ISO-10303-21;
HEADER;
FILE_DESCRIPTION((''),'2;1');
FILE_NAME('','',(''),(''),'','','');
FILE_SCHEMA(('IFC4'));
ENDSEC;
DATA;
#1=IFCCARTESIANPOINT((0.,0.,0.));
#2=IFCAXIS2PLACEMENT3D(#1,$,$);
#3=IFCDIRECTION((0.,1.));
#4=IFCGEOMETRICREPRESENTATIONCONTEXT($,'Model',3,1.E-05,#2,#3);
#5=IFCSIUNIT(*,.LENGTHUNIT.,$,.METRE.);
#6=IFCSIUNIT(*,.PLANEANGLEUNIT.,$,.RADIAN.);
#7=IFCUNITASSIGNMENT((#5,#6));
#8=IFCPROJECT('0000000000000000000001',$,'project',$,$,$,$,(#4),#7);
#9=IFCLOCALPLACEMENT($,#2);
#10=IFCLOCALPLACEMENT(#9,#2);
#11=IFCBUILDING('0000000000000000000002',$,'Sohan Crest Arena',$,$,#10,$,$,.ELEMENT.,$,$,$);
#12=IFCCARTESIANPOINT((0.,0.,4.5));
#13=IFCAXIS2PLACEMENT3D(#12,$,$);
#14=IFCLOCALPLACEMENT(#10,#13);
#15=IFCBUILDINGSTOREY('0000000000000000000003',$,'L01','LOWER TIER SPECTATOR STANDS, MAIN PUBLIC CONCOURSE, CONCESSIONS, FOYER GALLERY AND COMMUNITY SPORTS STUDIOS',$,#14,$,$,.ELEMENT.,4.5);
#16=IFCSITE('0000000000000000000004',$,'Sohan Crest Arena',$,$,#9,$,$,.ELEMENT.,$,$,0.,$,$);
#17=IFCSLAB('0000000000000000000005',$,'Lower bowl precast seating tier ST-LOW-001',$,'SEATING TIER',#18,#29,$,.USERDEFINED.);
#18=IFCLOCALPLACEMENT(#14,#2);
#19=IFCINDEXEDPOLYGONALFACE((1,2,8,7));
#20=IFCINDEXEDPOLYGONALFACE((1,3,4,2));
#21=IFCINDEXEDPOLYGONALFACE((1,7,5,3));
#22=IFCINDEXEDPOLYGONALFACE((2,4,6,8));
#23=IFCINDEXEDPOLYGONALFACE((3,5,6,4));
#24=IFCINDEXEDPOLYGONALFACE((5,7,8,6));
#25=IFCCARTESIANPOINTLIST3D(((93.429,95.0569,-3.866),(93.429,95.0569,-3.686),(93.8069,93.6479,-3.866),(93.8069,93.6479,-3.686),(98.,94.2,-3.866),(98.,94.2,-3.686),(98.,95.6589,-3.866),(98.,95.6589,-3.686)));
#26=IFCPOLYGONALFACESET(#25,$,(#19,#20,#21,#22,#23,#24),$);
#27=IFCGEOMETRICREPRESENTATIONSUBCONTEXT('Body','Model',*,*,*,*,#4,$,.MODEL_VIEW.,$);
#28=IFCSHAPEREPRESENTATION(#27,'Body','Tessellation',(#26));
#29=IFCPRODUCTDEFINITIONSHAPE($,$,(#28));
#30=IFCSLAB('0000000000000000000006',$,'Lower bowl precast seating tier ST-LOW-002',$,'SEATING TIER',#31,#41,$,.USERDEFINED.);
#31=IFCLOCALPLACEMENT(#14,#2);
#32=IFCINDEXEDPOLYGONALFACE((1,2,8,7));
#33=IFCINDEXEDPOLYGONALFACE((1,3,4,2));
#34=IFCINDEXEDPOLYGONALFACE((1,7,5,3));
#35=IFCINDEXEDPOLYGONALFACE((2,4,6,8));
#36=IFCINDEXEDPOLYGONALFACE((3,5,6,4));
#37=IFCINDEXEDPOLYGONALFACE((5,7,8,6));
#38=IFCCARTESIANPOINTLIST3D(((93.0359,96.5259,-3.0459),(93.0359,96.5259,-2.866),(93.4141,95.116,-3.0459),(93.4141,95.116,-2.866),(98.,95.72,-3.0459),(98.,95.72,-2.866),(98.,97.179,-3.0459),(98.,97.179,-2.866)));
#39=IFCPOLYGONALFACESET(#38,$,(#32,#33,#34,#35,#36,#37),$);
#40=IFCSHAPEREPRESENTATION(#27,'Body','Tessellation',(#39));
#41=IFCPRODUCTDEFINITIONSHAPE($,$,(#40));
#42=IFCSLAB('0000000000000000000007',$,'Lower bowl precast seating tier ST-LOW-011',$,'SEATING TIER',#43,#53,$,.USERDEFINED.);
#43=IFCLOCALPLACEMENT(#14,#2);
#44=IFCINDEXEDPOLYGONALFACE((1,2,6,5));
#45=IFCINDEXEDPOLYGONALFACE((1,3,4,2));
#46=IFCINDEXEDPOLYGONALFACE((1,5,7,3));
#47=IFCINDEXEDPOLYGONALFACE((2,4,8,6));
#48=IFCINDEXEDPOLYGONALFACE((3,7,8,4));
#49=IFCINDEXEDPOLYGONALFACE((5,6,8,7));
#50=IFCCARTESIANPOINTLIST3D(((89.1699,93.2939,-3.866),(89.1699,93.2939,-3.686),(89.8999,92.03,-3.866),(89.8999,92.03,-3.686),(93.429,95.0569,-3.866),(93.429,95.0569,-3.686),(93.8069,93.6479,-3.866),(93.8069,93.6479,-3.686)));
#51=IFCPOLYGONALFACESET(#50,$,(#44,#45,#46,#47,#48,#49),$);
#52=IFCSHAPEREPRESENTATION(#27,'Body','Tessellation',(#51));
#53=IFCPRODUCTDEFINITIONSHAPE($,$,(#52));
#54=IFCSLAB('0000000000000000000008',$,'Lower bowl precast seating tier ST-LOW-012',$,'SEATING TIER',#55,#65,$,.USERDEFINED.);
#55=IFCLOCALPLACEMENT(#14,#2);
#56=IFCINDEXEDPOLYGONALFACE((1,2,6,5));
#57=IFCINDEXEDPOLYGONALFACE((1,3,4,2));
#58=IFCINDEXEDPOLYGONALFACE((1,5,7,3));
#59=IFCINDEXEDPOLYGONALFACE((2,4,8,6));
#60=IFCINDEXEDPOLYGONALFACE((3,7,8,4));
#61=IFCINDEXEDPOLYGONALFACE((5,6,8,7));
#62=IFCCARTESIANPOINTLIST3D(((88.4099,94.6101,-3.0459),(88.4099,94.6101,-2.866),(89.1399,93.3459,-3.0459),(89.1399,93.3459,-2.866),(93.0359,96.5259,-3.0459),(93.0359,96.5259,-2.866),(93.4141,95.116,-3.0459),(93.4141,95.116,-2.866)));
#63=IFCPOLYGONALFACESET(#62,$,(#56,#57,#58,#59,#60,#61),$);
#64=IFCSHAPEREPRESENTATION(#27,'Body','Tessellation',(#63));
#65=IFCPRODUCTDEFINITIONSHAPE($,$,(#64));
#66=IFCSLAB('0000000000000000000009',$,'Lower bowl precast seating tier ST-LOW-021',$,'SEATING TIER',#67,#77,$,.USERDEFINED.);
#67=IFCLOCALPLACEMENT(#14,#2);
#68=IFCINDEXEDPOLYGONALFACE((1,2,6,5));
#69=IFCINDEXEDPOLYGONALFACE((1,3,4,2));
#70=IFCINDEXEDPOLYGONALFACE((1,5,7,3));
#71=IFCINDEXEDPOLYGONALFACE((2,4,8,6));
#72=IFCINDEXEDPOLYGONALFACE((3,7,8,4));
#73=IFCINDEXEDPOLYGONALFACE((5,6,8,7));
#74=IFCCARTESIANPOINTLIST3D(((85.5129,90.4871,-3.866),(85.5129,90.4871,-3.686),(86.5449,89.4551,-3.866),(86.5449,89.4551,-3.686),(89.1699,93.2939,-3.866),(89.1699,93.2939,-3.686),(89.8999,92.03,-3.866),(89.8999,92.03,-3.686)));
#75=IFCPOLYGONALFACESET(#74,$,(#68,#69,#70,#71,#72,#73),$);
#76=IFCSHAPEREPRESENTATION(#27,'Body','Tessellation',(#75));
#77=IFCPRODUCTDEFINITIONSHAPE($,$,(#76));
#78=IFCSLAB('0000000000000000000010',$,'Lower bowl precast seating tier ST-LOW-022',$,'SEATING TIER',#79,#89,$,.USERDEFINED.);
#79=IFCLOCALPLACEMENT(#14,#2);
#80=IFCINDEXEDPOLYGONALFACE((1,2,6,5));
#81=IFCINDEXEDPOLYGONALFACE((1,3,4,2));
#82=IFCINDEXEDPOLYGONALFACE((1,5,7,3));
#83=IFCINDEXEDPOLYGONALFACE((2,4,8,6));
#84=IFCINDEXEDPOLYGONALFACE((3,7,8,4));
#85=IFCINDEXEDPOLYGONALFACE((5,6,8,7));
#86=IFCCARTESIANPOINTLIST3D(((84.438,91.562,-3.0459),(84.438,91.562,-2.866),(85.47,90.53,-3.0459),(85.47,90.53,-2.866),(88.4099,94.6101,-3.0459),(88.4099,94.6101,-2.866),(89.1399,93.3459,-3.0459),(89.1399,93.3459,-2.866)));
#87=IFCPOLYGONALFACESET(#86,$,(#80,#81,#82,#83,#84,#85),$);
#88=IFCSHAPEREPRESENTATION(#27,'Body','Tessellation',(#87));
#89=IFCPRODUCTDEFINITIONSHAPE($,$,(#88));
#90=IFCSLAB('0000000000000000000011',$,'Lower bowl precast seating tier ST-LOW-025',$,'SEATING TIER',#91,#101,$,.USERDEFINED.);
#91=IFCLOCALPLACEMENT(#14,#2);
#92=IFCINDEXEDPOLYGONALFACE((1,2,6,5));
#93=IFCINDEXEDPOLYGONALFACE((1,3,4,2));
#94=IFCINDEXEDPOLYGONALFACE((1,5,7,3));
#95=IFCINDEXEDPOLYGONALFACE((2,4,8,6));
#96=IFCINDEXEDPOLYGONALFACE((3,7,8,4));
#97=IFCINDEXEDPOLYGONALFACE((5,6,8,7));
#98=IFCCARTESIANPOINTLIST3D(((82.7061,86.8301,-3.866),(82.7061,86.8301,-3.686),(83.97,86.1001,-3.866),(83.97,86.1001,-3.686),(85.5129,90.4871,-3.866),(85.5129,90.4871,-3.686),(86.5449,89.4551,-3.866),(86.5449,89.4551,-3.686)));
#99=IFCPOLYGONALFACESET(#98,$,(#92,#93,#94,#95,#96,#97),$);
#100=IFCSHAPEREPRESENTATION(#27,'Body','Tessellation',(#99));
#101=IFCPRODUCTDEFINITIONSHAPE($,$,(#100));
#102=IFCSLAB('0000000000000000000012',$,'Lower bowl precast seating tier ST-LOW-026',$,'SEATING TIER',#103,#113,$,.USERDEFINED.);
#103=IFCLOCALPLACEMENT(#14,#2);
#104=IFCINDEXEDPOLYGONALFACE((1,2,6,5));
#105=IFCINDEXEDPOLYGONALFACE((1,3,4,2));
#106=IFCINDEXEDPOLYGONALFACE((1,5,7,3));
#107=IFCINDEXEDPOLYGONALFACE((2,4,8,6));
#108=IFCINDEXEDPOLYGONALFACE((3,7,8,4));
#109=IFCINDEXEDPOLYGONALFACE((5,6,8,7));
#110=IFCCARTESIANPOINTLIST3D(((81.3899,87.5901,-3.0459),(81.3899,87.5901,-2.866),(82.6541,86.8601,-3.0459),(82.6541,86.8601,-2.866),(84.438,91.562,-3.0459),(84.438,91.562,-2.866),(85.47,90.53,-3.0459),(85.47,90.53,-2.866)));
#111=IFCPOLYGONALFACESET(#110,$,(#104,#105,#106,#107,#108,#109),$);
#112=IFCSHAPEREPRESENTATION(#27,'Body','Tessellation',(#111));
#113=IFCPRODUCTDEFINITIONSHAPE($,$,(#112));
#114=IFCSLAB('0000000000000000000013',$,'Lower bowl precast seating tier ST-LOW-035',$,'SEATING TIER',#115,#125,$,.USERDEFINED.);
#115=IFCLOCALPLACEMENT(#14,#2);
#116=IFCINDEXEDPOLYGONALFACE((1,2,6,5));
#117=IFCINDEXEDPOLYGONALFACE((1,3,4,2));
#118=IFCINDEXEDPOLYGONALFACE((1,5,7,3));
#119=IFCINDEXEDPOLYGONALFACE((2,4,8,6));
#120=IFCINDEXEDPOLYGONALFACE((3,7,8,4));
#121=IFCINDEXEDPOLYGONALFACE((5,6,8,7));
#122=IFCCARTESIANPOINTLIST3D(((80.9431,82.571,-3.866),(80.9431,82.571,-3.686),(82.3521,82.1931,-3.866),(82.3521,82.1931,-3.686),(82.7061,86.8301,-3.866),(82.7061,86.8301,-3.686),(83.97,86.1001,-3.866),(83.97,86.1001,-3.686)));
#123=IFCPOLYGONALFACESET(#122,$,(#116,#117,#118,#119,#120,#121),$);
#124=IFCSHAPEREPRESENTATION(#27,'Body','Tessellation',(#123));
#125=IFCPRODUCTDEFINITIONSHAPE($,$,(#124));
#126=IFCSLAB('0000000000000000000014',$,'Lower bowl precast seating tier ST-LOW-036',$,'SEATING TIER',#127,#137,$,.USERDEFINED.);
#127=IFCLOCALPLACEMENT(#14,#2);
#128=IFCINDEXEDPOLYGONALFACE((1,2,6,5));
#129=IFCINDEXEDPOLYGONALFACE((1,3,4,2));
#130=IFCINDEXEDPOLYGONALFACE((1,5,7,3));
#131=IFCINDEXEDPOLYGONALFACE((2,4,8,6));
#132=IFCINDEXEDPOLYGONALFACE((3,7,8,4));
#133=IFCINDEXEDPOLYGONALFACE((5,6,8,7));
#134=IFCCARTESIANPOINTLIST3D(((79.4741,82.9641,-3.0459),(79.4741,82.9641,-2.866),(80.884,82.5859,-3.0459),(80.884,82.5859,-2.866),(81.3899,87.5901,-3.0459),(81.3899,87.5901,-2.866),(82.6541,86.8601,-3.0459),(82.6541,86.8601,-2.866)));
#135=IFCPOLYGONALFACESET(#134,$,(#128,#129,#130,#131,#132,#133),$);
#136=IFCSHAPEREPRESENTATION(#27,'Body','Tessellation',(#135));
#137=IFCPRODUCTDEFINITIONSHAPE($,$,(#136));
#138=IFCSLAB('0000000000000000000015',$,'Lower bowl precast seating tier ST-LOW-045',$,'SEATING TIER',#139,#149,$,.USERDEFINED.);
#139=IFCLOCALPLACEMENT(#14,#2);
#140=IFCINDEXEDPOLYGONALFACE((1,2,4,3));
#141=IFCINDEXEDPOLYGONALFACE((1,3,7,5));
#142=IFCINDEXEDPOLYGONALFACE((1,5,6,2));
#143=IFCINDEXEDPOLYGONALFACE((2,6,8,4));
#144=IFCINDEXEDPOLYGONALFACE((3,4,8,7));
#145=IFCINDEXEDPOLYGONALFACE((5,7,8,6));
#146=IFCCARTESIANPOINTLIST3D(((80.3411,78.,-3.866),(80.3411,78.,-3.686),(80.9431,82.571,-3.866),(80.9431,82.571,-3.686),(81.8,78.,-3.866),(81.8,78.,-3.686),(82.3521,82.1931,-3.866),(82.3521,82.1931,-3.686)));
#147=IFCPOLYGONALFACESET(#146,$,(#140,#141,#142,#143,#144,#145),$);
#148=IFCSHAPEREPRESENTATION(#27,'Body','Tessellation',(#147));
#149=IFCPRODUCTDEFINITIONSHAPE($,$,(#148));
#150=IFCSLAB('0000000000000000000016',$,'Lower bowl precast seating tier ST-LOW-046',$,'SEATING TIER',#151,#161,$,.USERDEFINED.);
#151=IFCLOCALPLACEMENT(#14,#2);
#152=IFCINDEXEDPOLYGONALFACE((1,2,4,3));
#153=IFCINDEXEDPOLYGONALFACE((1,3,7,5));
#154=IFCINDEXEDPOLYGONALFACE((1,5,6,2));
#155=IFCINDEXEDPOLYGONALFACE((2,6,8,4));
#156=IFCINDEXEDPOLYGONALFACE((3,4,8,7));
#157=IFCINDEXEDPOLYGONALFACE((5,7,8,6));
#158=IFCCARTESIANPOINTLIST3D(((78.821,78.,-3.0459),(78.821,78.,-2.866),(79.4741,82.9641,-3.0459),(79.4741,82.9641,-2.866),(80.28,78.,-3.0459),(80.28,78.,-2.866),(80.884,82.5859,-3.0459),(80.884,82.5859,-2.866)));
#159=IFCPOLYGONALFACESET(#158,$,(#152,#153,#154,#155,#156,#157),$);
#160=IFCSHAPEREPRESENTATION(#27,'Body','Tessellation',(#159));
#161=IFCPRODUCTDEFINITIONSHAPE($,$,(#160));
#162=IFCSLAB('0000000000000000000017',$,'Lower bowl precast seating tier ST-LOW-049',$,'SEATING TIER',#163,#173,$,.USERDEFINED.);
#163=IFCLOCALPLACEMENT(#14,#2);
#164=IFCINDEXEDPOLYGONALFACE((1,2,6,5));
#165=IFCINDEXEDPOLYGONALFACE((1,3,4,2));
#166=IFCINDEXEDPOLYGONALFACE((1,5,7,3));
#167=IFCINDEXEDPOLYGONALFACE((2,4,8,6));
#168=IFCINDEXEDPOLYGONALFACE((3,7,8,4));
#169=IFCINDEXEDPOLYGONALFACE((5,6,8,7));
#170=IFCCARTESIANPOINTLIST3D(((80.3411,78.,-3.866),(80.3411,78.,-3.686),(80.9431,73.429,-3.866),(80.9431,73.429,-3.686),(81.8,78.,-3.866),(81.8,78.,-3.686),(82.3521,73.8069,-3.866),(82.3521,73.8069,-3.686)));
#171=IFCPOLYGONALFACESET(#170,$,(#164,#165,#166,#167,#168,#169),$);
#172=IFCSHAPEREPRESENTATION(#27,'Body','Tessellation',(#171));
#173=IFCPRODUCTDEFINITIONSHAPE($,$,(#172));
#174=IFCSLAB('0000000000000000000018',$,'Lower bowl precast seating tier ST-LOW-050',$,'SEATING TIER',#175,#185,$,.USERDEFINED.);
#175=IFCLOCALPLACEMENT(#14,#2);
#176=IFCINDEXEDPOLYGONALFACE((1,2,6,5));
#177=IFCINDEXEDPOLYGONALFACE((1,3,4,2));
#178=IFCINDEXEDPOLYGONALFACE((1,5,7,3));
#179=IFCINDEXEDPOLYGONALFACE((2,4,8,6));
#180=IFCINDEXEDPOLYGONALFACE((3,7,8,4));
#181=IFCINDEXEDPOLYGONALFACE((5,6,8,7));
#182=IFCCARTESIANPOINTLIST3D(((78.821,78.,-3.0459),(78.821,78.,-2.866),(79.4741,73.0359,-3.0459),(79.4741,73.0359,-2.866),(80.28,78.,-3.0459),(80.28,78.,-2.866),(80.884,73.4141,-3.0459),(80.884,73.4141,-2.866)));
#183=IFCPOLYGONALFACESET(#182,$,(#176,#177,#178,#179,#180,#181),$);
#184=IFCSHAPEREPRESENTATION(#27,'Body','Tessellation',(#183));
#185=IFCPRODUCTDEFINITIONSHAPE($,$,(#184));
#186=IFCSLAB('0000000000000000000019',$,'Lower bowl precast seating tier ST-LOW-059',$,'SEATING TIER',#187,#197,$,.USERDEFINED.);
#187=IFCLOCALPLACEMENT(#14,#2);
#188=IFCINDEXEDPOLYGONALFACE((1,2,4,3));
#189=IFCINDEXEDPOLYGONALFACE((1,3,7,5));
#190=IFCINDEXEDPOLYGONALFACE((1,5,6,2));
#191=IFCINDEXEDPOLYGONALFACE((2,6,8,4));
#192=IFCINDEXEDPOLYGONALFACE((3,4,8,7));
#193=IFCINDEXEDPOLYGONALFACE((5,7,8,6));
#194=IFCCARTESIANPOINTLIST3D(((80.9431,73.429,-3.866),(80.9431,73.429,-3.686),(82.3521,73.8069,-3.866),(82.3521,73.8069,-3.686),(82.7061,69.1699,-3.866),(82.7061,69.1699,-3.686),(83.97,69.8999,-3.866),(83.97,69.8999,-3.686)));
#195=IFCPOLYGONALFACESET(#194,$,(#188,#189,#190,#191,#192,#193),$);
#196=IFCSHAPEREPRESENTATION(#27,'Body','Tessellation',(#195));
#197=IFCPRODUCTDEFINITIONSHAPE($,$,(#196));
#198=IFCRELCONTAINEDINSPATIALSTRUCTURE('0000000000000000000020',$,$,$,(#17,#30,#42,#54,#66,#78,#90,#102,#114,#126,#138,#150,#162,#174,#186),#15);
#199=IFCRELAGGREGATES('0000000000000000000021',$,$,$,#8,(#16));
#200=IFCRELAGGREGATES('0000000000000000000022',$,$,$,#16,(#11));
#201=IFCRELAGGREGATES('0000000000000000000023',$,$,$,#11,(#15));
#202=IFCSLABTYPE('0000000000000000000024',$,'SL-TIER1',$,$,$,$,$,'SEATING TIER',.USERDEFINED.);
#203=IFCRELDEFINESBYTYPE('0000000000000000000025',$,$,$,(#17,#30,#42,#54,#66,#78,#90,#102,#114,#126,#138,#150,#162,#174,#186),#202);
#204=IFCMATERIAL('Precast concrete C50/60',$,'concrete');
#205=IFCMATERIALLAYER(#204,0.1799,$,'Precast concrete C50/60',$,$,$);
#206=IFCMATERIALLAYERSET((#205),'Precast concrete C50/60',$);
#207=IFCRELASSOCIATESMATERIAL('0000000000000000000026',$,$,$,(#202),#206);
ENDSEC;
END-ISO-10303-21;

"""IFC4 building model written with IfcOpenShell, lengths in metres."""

from ifc_helpers import new_model, si_unit, direction, frame, origin, place, context, subcontext, project, spatial, polyline, outline, extrude, material, layer, layer_set, type_object, element, save


model = new_model("IFC4")

# Units and contexts
model_context = context("Model", 3, precision=1e-05, world=origin(), true_north=direction((0.0, 1.0)))
body_context = subcontext(model_context, "Body", "Model", "MODEL_VIEW")
ifc_project = project(units=[si_unit("LENGTHUNIT", "METRE"), si_unit("PLANEANGLEUNIT", "RADIAN")], contexts=[model_context])

# Site, building, storey
site_placement = place(None, origin())
site = spatial("IfcSite", under=ifc_project, at=site_placement, Name="Sohan Crest Arena", CompositionType="ELEMENT", RefElevation=0.0)
building_placement = place(site_placement, origin())
building = spatial("IfcBuilding", under=site, at=building_placement, Name="Sohan Crest Arena", CompositionType="ELEMENT")
storey_placement = place(building_placement, frame((0.0, 0.0, 4.5)))
storey = spatial("IfcBuildingStorey", under=building, at=storey_placement, Name="L01", Description="LOWER TIER SPECTATOR STANDS, MAIN PUBLIC CONCOURSE, CONCESSIONS, FOYER GALLERY AND COMMUNITY SPORTS STUDIOS", CompositionType="ELEMENT", Elevation=4.5)

# Slabs
ifc_material = material(Name="Precast concrete C50/60", Category="concrete")
ifc_layer = layer(ifc_material, 0.1799, Name="Precast concrete C50/60")
ifc_layer_set = layer_set([ifc_layer], Name="Precast concrete C50/60")
slab_type = type_object("IfcSlabType", Name="SL-TIER1", ElementType="SEATING TIER", PredefinedType="USERDEFINED", material=ifc_layer_set)
slab_1_placement = place(storey_placement, frame((0.0, 0.0, -3.866)))
element("IfcSlab", 1, at=slab_1_placement, inside=storey, type_object=slab_type, Name="Lower bowl precast seating tier ST-LOW-001", ObjectType="SEATING TIER", PredefinedType="USERDEFINED", context=body_context, shape_type="SweptSolid", body=[
    extrude(outline(polyline([(98.0, 94.2), (93.8069, 93.6479), (93.429, 95.0569), (98.0, 95.6589), (98.0, 94.2)])), origin(), (0.0, 0.0, 1.0), 0.1799),
])
slab_2_placement = place(storey_placement, frame((0.0, 0.0, -3.0459)))
element("IfcSlab", 2, at=slab_2_placement, inside=storey, type_object=slab_type, Name="Lower bowl precast seating tier ST-LOW-002", ObjectType="SEATING TIER", PredefinedType="USERDEFINED", context=body_context, shape_type="SweptSolid", body=[
    extrude(outline(polyline([(98.0, 95.72), (93.4141, 95.116), (93.0359, 96.5259), (98.0, 97.179), (98.0, 95.72)])), origin(), (0.0, 0.0, 1.0), 0.1799),
])
slab_3_placement = place(storey_placement, frame((0.0, 0.0, -3.866)))
element("IfcSlab", 3, at=slab_3_placement, inside=storey, type_object=slab_type, Name="Lower bowl precast seating tier ST-LOW-011", ObjectType="SEATING TIER", PredefinedType="USERDEFINED", context=body_context, shape_type="SweptSolid", body=[
    extrude(outline(polyline([(93.8069, 93.6479), (89.8999, 92.03), (89.1699, 93.2939), (93.429, 95.0569), (93.8069, 93.6479)])), origin(), (0.0, 0.0, 1.0), 0.1799),
])
slab_4_placement = place(storey_placement, frame((0.0, 0.0, -3.0459)))
element("IfcSlab", 4, at=slab_4_placement, inside=storey, type_object=slab_type, Name="Lower bowl precast seating tier ST-LOW-012", ObjectType="SEATING TIER", PredefinedType="USERDEFINED", context=body_context, shape_type="SweptSolid", body=[
    extrude(outline(polyline([(93.4141, 95.116), (89.1399, 93.3459), (88.4099, 94.6101), (93.0359, 96.5259), (93.4141, 95.116)])), origin(), (0.0, 0.0, 1.0), 0.1799),
])
slab_5_placement = place(storey_placement, frame((0.0, 0.0, -3.866)))
element("IfcSlab", 5, at=slab_5_placement, inside=storey, type_object=slab_type, Name="Lower bowl precast seating tier ST-LOW-021", ObjectType="SEATING TIER", PredefinedType="USERDEFINED", context=body_context, shape_type="SweptSolid", body=[
    extrude(outline(polyline([(89.8999, 92.03), (86.5449, 89.4551), (85.5129, 90.4871), (89.1699, 93.2939), (89.8999, 92.03)])), origin(), (0.0, 0.0, 1.0), 0.1799),
])
slab_6_placement = place(storey_placement, frame((0.0, 0.0, -3.0459)))
element("IfcSlab", 6, at=slab_6_placement, inside=storey, type_object=slab_type, Name="Lower bowl precast seating tier ST-LOW-022", ObjectType="SEATING TIER", PredefinedType="USERDEFINED", context=body_context, shape_type="SweptSolid", body=[
    extrude(outline(polyline([(89.1399, 93.3459), (85.47, 90.53), (84.438, 91.562), (88.4099, 94.6101), (89.1399, 93.3459)])), origin(), (0.0, 0.0, 1.0), 0.1799),
])
slab_7_placement = place(storey_placement, frame((0.0, 0.0, -3.866)))
element("IfcSlab", 7, at=slab_7_placement, inside=storey, type_object=slab_type, Name="Lower bowl precast seating tier ST-LOW-025", ObjectType="SEATING TIER", PredefinedType="USERDEFINED", context=body_context, shape_type="SweptSolid", body=[
    extrude(outline(polyline([(86.5449, 89.4551), (83.97, 86.1001), (82.7061, 86.8301), (85.5129, 90.4871), (86.5449, 89.4551)])), origin(), (0.0, 0.0, 1.0), 0.1799),
])
slab_8_placement = place(storey_placement, frame((0.0, 0.0, -3.0459)))
element("IfcSlab", 8, at=slab_8_placement, inside=storey, type_object=slab_type, Name="Lower bowl precast seating tier ST-LOW-026", ObjectType="SEATING TIER", PredefinedType="USERDEFINED", context=body_context, shape_type="SweptSolid", body=[
    extrude(outline(polyline([(85.47, 90.53), (82.6541, 86.8601), (81.3899, 87.5901), (84.438, 91.562), (85.47, 90.53)])), origin(), (0.0, 0.0, 1.0), 0.1799),
])
slab_9_placement = place(storey_placement, frame((0.0, 0.0, -3.866)))
element("IfcSlab", 9, at=slab_9_placement, inside=storey, type_object=slab_type, Name="Lower bowl precast seating tier ST-LOW-035", ObjectType="SEATING TIER", PredefinedType="USERDEFINED", context=body_context, shape_type="SweptSolid", body=[
    extrude(outline(polyline([(83.97, 86.1001), (82.3521, 82.1931), (80.9431, 82.571), (82.7061, 86.8301), (83.97, 86.1001)])), origin(), (0.0, 0.0, 1.0), 0.1799),
])
slab_10_placement = place(storey_placement, frame((0.0, 0.0, -3.0459)))
element("IfcSlab", 10, at=slab_10_placement, inside=storey, type_object=slab_type, Name="Lower bowl precast seating tier ST-LOW-036", ObjectType="SEATING TIER", PredefinedType="USERDEFINED", context=body_context, shape_type="SweptSolid", body=[
    extrude(outline(polyline([(82.6541, 86.8601), (80.884, 82.5859), (79.4741, 82.9641), (81.3899, 87.5901), (82.6541, 86.8601)])), origin(), (0.0, 0.0, 1.0), 0.1799),
])
slab_11_placement = place(storey_placement, frame((0.0, 0.0, -3.866)))
element("IfcSlab", 11, at=slab_11_placement, inside=storey, type_object=slab_type, Name="Lower bowl precast seating tier ST-LOW-045", ObjectType="SEATING TIER", PredefinedType="USERDEFINED", context=body_context, shape_type="SweptSolid", body=[
    extrude(outline(polyline([(82.3521, 82.1931), (81.8, 78.0), (80.3411, 78.0), (80.9431, 82.571), (82.3521, 82.1931)])), origin(), (0.0, 0.0, 1.0), 0.1799),
])
slab_12_placement = place(storey_placement, frame((0.0, 0.0, -3.0459)))
element("IfcSlab", 12, at=slab_12_placement, inside=storey, type_object=slab_type, Name="Lower bowl precast seating tier ST-LOW-046", ObjectType="SEATING TIER", PredefinedType="USERDEFINED", context=body_context, shape_type="SweptSolid", body=[
    extrude(outline(polyline([(80.884, 82.5859), (80.28, 78.0), (78.821, 78.0), (79.4741, 82.9641), (80.884, 82.5859)])), origin(), (0.0, 0.0, 1.0), 0.1799),
])
slab_13_placement = place(storey_placement, frame((0.0, 0.0, -3.866)))
element("IfcSlab", 13, at=slab_13_placement, inside=storey, type_object=slab_type, Name="Lower bowl precast seating tier ST-LOW-049", ObjectType="SEATING TIER", PredefinedType="USERDEFINED", context=body_context, shape_type="SweptSolid", body=[
    extrude(outline(polyline([(81.8, 78.0), (82.3521, 73.8069), (80.9431, 73.429), (80.3411, 78.0), (81.8, 78.0)])), origin(), (0.0, 0.0, 1.0), 0.1799),
])
slab_14_placement = place(storey_placement, frame((0.0, 0.0, -3.0459)))
element("IfcSlab", 14, at=slab_14_placement, inside=storey, type_object=slab_type, Name="Lower bowl precast seating tier ST-LOW-050", ObjectType="SEATING TIER", PredefinedType="USERDEFINED", context=body_context, shape_type="SweptSolid", body=[
    extrude(outline(polyline([(80.28, 78.0), (80.884, 73.4141), (79.4741, 73.0359), (78.821, 78.0), (80.28, 78.0)])), origin(), (0.0, 0.0, 1.0), 0.1799),
])
slab_15_placement = place(storey_placement, frame((0.0, 0.0, -3.866)))
element("IfcSlab", 15, at=slab_15_placement, inside=storey, type_object=slab_type, Name="Lower bowl precast seating tier ST-LOW-059", ObjectType="SEATING TIER", PredefinedType="USERDEFINED", context=body_context, shape_type="SweptSolid", body=[
    extrude(outline(polyline([(82.3521, 73.8069), (83.97, 69.8999), (82.7061, 69.1699), (80.9431, 73.429), (82.3521, 73.8069)])), origin(), (0.0, 0.0, 1.0), 0.1799),
])

save(model, "model.ifc")
